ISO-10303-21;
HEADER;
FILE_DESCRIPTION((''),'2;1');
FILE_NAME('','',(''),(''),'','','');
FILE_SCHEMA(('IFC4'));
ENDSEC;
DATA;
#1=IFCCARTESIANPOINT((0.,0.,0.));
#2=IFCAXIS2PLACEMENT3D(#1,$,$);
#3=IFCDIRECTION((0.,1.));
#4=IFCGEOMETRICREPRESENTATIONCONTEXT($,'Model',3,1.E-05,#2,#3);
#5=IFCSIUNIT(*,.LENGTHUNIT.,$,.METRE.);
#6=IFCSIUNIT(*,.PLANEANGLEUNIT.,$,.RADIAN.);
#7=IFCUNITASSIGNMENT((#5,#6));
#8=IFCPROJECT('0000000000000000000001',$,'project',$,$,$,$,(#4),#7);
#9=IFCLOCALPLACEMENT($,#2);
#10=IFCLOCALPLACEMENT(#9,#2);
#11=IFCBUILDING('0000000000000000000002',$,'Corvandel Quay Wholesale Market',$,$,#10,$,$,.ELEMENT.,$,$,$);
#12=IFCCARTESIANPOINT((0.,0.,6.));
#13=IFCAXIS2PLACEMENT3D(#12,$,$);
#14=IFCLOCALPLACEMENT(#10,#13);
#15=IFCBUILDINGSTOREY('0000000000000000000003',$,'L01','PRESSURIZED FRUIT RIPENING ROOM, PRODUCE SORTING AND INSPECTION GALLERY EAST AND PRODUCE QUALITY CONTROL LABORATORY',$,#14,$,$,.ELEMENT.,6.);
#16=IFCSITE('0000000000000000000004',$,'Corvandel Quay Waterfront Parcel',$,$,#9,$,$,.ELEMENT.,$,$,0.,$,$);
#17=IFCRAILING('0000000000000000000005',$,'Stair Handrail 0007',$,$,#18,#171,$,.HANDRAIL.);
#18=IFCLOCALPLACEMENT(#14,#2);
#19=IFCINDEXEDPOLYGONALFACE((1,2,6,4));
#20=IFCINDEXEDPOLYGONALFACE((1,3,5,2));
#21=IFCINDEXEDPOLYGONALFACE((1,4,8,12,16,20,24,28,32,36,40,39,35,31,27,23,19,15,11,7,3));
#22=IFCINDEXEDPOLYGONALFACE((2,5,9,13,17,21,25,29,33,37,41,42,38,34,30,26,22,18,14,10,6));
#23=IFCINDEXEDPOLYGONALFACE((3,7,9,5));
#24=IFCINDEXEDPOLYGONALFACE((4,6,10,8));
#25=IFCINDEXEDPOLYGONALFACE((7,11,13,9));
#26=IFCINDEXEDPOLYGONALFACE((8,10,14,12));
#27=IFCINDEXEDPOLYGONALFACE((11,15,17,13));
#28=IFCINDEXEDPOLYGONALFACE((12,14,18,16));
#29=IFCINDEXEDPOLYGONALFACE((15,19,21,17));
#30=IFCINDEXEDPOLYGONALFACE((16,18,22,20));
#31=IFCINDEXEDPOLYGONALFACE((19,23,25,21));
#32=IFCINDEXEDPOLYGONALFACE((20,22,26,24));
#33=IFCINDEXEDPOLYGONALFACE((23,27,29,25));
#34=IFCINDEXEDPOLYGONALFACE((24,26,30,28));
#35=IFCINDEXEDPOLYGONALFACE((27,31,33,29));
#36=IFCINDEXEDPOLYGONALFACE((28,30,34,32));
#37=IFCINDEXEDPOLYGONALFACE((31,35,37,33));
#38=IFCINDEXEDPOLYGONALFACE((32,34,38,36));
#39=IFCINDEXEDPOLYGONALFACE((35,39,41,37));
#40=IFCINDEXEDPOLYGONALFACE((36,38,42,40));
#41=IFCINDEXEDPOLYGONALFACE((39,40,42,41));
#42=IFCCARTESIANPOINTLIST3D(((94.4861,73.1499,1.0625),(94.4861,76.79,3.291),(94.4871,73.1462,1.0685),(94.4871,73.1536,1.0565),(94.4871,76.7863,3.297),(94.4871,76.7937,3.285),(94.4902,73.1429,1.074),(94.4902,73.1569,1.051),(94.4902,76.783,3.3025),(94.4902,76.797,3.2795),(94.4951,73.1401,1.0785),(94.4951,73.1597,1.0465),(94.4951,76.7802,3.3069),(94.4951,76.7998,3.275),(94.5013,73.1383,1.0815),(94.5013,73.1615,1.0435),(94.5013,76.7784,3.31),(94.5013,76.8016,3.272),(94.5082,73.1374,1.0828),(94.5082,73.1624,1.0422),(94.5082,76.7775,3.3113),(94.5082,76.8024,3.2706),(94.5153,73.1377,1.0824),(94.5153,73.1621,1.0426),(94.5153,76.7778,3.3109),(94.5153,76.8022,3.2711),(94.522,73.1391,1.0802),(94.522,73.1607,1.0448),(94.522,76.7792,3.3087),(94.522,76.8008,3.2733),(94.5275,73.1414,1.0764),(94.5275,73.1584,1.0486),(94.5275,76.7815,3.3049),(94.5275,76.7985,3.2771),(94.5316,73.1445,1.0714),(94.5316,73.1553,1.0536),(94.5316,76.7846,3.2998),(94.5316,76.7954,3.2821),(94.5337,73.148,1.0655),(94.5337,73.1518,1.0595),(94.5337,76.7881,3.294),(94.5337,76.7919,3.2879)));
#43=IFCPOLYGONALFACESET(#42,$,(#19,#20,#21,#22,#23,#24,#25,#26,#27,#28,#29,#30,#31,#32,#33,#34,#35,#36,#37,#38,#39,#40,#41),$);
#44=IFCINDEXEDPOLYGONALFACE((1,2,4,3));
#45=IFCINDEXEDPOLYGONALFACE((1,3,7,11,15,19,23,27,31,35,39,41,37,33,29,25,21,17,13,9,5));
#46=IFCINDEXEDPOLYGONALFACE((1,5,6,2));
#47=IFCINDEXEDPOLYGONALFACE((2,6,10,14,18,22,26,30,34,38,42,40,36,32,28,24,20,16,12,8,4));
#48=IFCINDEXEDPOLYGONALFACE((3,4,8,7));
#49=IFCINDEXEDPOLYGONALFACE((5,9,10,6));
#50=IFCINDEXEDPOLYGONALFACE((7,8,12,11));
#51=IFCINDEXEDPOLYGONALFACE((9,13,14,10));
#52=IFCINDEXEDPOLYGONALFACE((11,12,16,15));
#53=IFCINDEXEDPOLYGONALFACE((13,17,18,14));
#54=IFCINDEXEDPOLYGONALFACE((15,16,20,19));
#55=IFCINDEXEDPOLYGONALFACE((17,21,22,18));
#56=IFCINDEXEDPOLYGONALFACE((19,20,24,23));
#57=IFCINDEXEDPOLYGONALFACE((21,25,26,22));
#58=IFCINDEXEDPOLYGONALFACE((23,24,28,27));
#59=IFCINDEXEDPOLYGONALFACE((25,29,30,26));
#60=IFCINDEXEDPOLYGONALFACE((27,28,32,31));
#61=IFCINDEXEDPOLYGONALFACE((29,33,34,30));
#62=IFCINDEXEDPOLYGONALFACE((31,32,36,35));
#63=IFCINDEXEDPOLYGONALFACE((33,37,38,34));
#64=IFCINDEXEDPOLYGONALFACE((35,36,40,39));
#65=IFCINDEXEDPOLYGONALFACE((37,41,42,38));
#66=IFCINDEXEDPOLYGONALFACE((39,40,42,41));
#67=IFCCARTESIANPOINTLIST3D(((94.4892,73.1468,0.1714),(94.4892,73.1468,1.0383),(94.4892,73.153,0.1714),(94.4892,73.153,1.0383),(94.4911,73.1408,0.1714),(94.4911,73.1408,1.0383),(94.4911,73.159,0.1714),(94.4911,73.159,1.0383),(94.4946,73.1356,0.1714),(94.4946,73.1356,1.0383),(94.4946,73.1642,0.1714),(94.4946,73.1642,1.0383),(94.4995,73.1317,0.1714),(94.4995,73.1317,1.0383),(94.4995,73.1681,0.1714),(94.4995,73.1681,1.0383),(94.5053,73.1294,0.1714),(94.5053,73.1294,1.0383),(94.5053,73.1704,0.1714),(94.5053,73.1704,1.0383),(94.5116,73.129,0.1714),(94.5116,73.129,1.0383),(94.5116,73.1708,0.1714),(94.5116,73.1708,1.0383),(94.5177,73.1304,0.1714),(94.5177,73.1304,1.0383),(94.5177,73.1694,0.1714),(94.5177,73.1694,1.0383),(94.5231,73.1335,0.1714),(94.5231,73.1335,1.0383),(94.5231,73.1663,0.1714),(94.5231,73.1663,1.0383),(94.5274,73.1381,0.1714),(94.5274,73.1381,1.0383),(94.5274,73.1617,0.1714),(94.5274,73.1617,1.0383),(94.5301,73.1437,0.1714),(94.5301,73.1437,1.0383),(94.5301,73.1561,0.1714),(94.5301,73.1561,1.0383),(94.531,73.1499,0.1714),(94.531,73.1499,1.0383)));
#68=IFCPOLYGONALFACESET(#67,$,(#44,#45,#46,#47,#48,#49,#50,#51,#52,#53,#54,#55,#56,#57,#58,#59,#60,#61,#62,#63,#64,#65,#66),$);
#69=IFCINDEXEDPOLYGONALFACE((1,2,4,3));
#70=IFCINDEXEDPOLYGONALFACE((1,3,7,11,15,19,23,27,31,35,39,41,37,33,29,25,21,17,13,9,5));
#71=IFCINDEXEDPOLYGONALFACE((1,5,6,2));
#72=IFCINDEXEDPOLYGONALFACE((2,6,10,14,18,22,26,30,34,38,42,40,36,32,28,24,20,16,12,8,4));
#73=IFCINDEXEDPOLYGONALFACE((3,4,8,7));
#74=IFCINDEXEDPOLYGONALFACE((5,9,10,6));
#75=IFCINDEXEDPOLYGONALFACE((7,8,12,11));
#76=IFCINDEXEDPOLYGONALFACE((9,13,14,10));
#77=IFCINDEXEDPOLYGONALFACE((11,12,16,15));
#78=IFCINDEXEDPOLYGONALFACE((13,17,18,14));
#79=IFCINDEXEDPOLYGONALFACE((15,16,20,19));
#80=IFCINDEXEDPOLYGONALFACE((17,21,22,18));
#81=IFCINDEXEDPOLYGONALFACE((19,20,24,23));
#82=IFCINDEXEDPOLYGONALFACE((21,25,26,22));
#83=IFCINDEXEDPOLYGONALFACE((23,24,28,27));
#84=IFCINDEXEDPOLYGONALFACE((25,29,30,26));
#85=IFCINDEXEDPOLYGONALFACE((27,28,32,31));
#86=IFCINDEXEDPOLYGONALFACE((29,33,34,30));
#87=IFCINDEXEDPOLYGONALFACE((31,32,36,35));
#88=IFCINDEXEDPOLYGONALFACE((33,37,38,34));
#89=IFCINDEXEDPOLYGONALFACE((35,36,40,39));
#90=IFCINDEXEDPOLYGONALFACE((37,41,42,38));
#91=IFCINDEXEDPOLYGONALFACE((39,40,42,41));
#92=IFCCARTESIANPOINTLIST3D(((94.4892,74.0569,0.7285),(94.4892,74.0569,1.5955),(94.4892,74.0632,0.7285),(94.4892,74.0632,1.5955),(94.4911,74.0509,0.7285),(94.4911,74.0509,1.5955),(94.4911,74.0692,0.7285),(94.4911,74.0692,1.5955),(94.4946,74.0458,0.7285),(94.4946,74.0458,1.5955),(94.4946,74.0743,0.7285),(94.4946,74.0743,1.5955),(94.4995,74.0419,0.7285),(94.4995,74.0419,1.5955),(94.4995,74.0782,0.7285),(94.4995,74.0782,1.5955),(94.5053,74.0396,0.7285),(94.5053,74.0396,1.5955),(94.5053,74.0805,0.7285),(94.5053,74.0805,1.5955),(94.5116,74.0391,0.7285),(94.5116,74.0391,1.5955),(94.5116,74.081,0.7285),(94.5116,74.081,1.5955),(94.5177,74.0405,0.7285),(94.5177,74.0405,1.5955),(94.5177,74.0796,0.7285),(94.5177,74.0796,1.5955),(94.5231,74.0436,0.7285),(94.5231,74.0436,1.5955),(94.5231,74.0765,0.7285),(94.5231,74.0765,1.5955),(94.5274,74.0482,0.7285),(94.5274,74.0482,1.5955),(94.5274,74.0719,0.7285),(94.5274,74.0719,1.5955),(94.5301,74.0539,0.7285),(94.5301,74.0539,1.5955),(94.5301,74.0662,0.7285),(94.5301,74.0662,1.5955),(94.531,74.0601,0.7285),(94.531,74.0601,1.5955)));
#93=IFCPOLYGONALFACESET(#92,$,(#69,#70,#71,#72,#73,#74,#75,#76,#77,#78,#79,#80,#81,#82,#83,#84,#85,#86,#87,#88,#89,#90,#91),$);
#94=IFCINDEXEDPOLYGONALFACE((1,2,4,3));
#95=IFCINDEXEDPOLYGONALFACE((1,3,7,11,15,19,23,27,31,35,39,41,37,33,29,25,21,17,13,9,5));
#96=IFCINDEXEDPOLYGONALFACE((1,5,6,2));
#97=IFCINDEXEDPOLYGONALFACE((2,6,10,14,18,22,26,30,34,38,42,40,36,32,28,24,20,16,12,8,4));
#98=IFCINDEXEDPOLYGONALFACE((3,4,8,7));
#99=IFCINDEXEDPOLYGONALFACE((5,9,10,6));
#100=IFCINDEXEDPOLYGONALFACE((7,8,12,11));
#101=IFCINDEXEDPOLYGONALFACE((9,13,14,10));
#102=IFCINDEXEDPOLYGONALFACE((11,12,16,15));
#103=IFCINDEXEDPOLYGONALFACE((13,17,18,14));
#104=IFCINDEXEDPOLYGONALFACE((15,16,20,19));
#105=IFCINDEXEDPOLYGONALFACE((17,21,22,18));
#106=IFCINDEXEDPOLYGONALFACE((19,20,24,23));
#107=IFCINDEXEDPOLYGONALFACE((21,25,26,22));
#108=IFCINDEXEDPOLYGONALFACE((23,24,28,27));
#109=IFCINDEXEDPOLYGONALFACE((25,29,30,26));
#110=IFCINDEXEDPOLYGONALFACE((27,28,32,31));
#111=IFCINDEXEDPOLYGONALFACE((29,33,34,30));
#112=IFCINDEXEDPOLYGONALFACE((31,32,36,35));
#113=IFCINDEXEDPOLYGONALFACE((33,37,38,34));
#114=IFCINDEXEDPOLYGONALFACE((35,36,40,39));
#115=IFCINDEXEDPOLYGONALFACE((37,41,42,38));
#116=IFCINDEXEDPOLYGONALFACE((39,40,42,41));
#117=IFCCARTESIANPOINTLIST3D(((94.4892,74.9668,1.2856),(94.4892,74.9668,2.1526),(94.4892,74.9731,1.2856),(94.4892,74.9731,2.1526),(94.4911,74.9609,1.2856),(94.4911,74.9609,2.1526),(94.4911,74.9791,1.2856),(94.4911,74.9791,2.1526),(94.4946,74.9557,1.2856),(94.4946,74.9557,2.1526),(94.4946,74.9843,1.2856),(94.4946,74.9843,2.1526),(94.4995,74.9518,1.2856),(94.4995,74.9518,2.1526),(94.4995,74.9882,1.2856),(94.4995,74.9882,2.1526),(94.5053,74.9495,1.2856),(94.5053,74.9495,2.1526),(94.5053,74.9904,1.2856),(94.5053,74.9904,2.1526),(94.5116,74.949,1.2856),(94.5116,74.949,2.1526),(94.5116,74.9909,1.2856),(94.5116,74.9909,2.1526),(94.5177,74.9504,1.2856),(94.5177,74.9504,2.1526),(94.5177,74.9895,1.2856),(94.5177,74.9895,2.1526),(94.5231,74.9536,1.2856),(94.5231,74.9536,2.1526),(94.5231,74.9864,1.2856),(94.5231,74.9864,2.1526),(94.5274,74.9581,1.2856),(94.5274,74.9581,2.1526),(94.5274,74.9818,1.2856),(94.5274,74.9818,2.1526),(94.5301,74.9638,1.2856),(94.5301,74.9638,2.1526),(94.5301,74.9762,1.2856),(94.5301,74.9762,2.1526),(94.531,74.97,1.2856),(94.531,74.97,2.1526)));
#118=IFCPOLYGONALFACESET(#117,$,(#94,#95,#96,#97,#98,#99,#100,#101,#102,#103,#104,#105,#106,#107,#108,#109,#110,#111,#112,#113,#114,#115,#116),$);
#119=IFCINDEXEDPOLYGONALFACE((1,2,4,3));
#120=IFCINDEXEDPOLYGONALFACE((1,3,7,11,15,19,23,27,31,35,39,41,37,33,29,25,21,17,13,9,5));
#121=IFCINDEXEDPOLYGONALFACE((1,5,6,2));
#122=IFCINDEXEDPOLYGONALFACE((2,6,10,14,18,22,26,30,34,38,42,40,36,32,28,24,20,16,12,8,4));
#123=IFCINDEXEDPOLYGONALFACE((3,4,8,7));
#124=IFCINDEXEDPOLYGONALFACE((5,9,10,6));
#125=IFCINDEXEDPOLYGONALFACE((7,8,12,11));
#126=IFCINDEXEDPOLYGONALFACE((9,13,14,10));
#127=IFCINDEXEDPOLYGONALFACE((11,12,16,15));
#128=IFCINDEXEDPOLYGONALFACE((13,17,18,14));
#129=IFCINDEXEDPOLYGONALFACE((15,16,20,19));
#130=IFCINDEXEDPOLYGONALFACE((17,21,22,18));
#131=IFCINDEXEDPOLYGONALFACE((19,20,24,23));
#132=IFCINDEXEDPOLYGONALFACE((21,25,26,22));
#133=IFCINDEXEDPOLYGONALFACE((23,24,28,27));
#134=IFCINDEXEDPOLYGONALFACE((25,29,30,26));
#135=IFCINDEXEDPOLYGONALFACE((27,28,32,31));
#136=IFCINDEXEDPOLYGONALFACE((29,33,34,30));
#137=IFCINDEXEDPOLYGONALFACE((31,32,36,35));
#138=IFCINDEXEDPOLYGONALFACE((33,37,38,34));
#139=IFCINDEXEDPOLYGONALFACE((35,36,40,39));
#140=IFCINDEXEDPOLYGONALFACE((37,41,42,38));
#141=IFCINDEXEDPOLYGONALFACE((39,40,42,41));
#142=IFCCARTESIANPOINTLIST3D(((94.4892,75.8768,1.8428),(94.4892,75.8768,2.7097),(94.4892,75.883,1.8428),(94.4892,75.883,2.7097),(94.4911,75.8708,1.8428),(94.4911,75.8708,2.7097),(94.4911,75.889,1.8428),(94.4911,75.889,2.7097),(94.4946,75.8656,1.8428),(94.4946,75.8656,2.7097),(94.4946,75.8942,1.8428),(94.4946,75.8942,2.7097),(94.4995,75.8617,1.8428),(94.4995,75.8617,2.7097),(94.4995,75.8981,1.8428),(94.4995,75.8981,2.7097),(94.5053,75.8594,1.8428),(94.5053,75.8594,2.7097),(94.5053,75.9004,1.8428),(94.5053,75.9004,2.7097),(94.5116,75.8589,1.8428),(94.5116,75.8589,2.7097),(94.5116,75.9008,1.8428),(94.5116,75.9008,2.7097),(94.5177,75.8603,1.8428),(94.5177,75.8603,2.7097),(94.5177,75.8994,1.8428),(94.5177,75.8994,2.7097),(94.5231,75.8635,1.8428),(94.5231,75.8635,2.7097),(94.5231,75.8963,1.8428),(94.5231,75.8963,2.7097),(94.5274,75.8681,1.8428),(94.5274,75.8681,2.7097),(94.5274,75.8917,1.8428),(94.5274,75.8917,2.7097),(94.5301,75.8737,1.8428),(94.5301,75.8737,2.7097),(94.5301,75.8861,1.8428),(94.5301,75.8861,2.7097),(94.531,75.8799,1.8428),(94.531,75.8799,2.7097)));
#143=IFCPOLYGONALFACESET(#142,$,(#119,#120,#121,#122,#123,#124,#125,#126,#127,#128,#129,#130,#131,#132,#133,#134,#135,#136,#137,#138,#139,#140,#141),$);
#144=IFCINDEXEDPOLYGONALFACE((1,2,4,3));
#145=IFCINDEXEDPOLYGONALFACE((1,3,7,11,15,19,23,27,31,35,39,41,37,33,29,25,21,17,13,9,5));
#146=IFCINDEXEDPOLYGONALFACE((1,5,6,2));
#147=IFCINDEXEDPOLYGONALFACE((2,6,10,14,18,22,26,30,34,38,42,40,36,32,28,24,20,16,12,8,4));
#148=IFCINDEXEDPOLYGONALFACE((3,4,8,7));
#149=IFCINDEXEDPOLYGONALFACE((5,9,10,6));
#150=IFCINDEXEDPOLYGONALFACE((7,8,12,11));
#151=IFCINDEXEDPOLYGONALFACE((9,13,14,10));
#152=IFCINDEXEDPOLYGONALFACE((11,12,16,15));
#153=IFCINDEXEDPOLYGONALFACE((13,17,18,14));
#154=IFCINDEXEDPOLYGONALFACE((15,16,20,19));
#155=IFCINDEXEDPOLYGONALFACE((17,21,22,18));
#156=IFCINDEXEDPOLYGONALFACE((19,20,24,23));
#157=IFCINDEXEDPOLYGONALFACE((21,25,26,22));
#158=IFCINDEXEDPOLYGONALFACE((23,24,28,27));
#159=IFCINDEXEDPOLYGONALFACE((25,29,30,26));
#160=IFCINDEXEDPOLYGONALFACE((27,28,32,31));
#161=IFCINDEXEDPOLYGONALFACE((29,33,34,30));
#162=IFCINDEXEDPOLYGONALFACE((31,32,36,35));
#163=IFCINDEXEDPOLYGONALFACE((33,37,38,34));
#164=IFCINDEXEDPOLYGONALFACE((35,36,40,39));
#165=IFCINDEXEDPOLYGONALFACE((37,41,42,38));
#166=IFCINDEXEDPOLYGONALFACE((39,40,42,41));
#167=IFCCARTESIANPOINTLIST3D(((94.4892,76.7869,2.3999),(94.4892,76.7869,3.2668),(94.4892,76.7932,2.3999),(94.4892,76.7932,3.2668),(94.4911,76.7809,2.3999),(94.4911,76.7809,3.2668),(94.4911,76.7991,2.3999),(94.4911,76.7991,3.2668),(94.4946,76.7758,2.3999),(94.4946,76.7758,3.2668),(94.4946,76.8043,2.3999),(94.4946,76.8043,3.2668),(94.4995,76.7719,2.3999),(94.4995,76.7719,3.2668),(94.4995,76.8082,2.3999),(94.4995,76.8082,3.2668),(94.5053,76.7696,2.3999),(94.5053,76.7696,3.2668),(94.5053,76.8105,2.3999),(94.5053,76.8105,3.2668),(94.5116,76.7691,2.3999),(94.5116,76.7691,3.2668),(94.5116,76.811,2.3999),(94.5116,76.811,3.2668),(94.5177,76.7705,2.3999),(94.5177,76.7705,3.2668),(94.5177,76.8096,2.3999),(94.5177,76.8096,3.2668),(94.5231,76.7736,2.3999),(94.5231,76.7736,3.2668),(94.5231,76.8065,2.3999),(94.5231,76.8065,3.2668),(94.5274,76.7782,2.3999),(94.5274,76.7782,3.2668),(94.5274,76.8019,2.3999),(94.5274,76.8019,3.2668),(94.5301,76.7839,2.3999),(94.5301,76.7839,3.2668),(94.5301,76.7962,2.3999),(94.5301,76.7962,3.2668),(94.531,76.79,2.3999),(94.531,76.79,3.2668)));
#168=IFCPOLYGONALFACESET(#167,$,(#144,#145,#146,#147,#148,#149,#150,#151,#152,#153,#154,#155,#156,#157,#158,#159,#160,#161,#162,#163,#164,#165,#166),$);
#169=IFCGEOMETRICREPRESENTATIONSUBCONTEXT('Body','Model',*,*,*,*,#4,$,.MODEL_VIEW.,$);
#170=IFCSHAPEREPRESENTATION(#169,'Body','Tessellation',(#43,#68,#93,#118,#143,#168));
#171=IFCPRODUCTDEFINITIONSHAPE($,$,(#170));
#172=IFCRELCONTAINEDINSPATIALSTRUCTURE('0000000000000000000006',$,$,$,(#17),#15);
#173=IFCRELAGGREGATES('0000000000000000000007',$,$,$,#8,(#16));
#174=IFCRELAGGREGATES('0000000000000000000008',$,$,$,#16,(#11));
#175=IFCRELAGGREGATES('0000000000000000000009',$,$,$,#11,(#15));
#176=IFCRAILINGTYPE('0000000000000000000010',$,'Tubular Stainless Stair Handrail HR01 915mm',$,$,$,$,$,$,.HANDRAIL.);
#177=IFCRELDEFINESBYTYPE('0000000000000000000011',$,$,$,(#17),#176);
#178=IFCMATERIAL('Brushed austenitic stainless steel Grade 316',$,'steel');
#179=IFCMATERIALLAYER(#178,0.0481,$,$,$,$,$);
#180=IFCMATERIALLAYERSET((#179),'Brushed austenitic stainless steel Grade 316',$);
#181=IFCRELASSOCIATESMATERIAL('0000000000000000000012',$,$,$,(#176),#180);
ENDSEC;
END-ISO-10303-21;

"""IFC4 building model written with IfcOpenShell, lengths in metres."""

from ifc_helpers import new_model, si_unit, direction, frame, origin, origin_2d, place, context, subcontext, project, spatial, circle, extrude, material, layer, layer_set, type_object, element, save


model = new_model("IFC4")

# Units and contexts
model_context = context("Model", 3, precision=1e-05, world=origin(), true_north=direction((0.0, 1.0)))
body_context = subcontext(model_context, "Body", "Model", "MODEL_VIEW")
ifc_project = project(units=[si_unit("LENGTHUNIT", "METRE"), si_unit("PLANEANGLEUNIT", "RADIAN")], contexts=[model_context])

# Site, building, storey
site_placement = place(None, origin())
site = spatial("IfcSite", under=ifc_project, at=site_placement, Name="Corvandel Quay Waterfront Parcel", CompositionType="ELEMENT", RefElevation=0.0)
building_placement = place(site_placement, origin())
building = spatial("IfcBuilding", under=site, at=building_placement, Name="Corvandel Quay Wholesale Market", CompositionType="ELEMENT")
storey_placement = place(building_placement, frame((0.0, 0.0, 6.0)))
storey = spatial("IfcBuildingStorey", under=building, at=storey_placement, Name="L01", Description="PRESSURIZED FRUIT RIPENING ROOM, PRODUCE SORTING AND INSPECTION GALLERY EAST AND PRODUCE QUALITY CONTROL LABORATORY", CompositionType="ELEMENT", Elevation=6.0)

# Railing
ifc_material_1 = material(Name="Brushed austenitic stainless steel Grade 316", Category="steel")
ifc_layer_1 = layer(ifc_material_1, 0.0481)
ifc_layer_set_1 = layer_set([ifc_layer_1], Name="Brushed austenitic stainless steel Grade 316")
railing_type_1 = type_object("IfcRailingType", Name="Tubular Stainless Stair Handrail HR01 915mm", PredefinedType="HANDRAIL", material=ifc_layer_set_1)
for number, where, name in (
    (1, (94.51, 73.1499, 0.1714), "Stair Handrail 0007"),
):
    element("IfcRailing", number, at=place(storey_placement, frame(where)), inside=storey, type_object=railing_type_1, Name=name, PredefinedType="HANDRAIL", context=body_context, shape_type="SweptSolid", body=[
        extrude(circle(Radius=0.0239, at=origin_2d()), frame((0.0, 0.0, 0.8911), z_axis=(0.0, 0.852866, 0.52213), x_axis=(-1.0, 0.0, 0.0)), (0.0, 0.0, 1.0), 4.2681),
        extrude(circle(Radius=0.021, at=origin_2d()), origin(), (0.0, 0.0, 1.0), 0.8669),
        extrude(circle(Radius=0.021, at=origin_2d()), frame((0.0, 0.9102, 0.5571)), (0.0, 0.0, 1.0), 0.8669),
        extrude(circle(Radius=0.021, at=origin_2d()), frame((0.0, 1.8201, 1.1143)), (0.0, 0.0, 1.0), 0.8669),
        extrude(circle(Radius=0.021, at=origin_2d()), frame((0.0, 2.73, 1.6714)), (0.0, 0.0, 1.0), 0.8669),
        extrude(circle(Radius=0.021, at=origin_2d()), frame((0.0, 3.6401, 2.2285)), (0.0, 0.0, 1.0), 0.8669),
    ])

save(model, "model.ifc")
